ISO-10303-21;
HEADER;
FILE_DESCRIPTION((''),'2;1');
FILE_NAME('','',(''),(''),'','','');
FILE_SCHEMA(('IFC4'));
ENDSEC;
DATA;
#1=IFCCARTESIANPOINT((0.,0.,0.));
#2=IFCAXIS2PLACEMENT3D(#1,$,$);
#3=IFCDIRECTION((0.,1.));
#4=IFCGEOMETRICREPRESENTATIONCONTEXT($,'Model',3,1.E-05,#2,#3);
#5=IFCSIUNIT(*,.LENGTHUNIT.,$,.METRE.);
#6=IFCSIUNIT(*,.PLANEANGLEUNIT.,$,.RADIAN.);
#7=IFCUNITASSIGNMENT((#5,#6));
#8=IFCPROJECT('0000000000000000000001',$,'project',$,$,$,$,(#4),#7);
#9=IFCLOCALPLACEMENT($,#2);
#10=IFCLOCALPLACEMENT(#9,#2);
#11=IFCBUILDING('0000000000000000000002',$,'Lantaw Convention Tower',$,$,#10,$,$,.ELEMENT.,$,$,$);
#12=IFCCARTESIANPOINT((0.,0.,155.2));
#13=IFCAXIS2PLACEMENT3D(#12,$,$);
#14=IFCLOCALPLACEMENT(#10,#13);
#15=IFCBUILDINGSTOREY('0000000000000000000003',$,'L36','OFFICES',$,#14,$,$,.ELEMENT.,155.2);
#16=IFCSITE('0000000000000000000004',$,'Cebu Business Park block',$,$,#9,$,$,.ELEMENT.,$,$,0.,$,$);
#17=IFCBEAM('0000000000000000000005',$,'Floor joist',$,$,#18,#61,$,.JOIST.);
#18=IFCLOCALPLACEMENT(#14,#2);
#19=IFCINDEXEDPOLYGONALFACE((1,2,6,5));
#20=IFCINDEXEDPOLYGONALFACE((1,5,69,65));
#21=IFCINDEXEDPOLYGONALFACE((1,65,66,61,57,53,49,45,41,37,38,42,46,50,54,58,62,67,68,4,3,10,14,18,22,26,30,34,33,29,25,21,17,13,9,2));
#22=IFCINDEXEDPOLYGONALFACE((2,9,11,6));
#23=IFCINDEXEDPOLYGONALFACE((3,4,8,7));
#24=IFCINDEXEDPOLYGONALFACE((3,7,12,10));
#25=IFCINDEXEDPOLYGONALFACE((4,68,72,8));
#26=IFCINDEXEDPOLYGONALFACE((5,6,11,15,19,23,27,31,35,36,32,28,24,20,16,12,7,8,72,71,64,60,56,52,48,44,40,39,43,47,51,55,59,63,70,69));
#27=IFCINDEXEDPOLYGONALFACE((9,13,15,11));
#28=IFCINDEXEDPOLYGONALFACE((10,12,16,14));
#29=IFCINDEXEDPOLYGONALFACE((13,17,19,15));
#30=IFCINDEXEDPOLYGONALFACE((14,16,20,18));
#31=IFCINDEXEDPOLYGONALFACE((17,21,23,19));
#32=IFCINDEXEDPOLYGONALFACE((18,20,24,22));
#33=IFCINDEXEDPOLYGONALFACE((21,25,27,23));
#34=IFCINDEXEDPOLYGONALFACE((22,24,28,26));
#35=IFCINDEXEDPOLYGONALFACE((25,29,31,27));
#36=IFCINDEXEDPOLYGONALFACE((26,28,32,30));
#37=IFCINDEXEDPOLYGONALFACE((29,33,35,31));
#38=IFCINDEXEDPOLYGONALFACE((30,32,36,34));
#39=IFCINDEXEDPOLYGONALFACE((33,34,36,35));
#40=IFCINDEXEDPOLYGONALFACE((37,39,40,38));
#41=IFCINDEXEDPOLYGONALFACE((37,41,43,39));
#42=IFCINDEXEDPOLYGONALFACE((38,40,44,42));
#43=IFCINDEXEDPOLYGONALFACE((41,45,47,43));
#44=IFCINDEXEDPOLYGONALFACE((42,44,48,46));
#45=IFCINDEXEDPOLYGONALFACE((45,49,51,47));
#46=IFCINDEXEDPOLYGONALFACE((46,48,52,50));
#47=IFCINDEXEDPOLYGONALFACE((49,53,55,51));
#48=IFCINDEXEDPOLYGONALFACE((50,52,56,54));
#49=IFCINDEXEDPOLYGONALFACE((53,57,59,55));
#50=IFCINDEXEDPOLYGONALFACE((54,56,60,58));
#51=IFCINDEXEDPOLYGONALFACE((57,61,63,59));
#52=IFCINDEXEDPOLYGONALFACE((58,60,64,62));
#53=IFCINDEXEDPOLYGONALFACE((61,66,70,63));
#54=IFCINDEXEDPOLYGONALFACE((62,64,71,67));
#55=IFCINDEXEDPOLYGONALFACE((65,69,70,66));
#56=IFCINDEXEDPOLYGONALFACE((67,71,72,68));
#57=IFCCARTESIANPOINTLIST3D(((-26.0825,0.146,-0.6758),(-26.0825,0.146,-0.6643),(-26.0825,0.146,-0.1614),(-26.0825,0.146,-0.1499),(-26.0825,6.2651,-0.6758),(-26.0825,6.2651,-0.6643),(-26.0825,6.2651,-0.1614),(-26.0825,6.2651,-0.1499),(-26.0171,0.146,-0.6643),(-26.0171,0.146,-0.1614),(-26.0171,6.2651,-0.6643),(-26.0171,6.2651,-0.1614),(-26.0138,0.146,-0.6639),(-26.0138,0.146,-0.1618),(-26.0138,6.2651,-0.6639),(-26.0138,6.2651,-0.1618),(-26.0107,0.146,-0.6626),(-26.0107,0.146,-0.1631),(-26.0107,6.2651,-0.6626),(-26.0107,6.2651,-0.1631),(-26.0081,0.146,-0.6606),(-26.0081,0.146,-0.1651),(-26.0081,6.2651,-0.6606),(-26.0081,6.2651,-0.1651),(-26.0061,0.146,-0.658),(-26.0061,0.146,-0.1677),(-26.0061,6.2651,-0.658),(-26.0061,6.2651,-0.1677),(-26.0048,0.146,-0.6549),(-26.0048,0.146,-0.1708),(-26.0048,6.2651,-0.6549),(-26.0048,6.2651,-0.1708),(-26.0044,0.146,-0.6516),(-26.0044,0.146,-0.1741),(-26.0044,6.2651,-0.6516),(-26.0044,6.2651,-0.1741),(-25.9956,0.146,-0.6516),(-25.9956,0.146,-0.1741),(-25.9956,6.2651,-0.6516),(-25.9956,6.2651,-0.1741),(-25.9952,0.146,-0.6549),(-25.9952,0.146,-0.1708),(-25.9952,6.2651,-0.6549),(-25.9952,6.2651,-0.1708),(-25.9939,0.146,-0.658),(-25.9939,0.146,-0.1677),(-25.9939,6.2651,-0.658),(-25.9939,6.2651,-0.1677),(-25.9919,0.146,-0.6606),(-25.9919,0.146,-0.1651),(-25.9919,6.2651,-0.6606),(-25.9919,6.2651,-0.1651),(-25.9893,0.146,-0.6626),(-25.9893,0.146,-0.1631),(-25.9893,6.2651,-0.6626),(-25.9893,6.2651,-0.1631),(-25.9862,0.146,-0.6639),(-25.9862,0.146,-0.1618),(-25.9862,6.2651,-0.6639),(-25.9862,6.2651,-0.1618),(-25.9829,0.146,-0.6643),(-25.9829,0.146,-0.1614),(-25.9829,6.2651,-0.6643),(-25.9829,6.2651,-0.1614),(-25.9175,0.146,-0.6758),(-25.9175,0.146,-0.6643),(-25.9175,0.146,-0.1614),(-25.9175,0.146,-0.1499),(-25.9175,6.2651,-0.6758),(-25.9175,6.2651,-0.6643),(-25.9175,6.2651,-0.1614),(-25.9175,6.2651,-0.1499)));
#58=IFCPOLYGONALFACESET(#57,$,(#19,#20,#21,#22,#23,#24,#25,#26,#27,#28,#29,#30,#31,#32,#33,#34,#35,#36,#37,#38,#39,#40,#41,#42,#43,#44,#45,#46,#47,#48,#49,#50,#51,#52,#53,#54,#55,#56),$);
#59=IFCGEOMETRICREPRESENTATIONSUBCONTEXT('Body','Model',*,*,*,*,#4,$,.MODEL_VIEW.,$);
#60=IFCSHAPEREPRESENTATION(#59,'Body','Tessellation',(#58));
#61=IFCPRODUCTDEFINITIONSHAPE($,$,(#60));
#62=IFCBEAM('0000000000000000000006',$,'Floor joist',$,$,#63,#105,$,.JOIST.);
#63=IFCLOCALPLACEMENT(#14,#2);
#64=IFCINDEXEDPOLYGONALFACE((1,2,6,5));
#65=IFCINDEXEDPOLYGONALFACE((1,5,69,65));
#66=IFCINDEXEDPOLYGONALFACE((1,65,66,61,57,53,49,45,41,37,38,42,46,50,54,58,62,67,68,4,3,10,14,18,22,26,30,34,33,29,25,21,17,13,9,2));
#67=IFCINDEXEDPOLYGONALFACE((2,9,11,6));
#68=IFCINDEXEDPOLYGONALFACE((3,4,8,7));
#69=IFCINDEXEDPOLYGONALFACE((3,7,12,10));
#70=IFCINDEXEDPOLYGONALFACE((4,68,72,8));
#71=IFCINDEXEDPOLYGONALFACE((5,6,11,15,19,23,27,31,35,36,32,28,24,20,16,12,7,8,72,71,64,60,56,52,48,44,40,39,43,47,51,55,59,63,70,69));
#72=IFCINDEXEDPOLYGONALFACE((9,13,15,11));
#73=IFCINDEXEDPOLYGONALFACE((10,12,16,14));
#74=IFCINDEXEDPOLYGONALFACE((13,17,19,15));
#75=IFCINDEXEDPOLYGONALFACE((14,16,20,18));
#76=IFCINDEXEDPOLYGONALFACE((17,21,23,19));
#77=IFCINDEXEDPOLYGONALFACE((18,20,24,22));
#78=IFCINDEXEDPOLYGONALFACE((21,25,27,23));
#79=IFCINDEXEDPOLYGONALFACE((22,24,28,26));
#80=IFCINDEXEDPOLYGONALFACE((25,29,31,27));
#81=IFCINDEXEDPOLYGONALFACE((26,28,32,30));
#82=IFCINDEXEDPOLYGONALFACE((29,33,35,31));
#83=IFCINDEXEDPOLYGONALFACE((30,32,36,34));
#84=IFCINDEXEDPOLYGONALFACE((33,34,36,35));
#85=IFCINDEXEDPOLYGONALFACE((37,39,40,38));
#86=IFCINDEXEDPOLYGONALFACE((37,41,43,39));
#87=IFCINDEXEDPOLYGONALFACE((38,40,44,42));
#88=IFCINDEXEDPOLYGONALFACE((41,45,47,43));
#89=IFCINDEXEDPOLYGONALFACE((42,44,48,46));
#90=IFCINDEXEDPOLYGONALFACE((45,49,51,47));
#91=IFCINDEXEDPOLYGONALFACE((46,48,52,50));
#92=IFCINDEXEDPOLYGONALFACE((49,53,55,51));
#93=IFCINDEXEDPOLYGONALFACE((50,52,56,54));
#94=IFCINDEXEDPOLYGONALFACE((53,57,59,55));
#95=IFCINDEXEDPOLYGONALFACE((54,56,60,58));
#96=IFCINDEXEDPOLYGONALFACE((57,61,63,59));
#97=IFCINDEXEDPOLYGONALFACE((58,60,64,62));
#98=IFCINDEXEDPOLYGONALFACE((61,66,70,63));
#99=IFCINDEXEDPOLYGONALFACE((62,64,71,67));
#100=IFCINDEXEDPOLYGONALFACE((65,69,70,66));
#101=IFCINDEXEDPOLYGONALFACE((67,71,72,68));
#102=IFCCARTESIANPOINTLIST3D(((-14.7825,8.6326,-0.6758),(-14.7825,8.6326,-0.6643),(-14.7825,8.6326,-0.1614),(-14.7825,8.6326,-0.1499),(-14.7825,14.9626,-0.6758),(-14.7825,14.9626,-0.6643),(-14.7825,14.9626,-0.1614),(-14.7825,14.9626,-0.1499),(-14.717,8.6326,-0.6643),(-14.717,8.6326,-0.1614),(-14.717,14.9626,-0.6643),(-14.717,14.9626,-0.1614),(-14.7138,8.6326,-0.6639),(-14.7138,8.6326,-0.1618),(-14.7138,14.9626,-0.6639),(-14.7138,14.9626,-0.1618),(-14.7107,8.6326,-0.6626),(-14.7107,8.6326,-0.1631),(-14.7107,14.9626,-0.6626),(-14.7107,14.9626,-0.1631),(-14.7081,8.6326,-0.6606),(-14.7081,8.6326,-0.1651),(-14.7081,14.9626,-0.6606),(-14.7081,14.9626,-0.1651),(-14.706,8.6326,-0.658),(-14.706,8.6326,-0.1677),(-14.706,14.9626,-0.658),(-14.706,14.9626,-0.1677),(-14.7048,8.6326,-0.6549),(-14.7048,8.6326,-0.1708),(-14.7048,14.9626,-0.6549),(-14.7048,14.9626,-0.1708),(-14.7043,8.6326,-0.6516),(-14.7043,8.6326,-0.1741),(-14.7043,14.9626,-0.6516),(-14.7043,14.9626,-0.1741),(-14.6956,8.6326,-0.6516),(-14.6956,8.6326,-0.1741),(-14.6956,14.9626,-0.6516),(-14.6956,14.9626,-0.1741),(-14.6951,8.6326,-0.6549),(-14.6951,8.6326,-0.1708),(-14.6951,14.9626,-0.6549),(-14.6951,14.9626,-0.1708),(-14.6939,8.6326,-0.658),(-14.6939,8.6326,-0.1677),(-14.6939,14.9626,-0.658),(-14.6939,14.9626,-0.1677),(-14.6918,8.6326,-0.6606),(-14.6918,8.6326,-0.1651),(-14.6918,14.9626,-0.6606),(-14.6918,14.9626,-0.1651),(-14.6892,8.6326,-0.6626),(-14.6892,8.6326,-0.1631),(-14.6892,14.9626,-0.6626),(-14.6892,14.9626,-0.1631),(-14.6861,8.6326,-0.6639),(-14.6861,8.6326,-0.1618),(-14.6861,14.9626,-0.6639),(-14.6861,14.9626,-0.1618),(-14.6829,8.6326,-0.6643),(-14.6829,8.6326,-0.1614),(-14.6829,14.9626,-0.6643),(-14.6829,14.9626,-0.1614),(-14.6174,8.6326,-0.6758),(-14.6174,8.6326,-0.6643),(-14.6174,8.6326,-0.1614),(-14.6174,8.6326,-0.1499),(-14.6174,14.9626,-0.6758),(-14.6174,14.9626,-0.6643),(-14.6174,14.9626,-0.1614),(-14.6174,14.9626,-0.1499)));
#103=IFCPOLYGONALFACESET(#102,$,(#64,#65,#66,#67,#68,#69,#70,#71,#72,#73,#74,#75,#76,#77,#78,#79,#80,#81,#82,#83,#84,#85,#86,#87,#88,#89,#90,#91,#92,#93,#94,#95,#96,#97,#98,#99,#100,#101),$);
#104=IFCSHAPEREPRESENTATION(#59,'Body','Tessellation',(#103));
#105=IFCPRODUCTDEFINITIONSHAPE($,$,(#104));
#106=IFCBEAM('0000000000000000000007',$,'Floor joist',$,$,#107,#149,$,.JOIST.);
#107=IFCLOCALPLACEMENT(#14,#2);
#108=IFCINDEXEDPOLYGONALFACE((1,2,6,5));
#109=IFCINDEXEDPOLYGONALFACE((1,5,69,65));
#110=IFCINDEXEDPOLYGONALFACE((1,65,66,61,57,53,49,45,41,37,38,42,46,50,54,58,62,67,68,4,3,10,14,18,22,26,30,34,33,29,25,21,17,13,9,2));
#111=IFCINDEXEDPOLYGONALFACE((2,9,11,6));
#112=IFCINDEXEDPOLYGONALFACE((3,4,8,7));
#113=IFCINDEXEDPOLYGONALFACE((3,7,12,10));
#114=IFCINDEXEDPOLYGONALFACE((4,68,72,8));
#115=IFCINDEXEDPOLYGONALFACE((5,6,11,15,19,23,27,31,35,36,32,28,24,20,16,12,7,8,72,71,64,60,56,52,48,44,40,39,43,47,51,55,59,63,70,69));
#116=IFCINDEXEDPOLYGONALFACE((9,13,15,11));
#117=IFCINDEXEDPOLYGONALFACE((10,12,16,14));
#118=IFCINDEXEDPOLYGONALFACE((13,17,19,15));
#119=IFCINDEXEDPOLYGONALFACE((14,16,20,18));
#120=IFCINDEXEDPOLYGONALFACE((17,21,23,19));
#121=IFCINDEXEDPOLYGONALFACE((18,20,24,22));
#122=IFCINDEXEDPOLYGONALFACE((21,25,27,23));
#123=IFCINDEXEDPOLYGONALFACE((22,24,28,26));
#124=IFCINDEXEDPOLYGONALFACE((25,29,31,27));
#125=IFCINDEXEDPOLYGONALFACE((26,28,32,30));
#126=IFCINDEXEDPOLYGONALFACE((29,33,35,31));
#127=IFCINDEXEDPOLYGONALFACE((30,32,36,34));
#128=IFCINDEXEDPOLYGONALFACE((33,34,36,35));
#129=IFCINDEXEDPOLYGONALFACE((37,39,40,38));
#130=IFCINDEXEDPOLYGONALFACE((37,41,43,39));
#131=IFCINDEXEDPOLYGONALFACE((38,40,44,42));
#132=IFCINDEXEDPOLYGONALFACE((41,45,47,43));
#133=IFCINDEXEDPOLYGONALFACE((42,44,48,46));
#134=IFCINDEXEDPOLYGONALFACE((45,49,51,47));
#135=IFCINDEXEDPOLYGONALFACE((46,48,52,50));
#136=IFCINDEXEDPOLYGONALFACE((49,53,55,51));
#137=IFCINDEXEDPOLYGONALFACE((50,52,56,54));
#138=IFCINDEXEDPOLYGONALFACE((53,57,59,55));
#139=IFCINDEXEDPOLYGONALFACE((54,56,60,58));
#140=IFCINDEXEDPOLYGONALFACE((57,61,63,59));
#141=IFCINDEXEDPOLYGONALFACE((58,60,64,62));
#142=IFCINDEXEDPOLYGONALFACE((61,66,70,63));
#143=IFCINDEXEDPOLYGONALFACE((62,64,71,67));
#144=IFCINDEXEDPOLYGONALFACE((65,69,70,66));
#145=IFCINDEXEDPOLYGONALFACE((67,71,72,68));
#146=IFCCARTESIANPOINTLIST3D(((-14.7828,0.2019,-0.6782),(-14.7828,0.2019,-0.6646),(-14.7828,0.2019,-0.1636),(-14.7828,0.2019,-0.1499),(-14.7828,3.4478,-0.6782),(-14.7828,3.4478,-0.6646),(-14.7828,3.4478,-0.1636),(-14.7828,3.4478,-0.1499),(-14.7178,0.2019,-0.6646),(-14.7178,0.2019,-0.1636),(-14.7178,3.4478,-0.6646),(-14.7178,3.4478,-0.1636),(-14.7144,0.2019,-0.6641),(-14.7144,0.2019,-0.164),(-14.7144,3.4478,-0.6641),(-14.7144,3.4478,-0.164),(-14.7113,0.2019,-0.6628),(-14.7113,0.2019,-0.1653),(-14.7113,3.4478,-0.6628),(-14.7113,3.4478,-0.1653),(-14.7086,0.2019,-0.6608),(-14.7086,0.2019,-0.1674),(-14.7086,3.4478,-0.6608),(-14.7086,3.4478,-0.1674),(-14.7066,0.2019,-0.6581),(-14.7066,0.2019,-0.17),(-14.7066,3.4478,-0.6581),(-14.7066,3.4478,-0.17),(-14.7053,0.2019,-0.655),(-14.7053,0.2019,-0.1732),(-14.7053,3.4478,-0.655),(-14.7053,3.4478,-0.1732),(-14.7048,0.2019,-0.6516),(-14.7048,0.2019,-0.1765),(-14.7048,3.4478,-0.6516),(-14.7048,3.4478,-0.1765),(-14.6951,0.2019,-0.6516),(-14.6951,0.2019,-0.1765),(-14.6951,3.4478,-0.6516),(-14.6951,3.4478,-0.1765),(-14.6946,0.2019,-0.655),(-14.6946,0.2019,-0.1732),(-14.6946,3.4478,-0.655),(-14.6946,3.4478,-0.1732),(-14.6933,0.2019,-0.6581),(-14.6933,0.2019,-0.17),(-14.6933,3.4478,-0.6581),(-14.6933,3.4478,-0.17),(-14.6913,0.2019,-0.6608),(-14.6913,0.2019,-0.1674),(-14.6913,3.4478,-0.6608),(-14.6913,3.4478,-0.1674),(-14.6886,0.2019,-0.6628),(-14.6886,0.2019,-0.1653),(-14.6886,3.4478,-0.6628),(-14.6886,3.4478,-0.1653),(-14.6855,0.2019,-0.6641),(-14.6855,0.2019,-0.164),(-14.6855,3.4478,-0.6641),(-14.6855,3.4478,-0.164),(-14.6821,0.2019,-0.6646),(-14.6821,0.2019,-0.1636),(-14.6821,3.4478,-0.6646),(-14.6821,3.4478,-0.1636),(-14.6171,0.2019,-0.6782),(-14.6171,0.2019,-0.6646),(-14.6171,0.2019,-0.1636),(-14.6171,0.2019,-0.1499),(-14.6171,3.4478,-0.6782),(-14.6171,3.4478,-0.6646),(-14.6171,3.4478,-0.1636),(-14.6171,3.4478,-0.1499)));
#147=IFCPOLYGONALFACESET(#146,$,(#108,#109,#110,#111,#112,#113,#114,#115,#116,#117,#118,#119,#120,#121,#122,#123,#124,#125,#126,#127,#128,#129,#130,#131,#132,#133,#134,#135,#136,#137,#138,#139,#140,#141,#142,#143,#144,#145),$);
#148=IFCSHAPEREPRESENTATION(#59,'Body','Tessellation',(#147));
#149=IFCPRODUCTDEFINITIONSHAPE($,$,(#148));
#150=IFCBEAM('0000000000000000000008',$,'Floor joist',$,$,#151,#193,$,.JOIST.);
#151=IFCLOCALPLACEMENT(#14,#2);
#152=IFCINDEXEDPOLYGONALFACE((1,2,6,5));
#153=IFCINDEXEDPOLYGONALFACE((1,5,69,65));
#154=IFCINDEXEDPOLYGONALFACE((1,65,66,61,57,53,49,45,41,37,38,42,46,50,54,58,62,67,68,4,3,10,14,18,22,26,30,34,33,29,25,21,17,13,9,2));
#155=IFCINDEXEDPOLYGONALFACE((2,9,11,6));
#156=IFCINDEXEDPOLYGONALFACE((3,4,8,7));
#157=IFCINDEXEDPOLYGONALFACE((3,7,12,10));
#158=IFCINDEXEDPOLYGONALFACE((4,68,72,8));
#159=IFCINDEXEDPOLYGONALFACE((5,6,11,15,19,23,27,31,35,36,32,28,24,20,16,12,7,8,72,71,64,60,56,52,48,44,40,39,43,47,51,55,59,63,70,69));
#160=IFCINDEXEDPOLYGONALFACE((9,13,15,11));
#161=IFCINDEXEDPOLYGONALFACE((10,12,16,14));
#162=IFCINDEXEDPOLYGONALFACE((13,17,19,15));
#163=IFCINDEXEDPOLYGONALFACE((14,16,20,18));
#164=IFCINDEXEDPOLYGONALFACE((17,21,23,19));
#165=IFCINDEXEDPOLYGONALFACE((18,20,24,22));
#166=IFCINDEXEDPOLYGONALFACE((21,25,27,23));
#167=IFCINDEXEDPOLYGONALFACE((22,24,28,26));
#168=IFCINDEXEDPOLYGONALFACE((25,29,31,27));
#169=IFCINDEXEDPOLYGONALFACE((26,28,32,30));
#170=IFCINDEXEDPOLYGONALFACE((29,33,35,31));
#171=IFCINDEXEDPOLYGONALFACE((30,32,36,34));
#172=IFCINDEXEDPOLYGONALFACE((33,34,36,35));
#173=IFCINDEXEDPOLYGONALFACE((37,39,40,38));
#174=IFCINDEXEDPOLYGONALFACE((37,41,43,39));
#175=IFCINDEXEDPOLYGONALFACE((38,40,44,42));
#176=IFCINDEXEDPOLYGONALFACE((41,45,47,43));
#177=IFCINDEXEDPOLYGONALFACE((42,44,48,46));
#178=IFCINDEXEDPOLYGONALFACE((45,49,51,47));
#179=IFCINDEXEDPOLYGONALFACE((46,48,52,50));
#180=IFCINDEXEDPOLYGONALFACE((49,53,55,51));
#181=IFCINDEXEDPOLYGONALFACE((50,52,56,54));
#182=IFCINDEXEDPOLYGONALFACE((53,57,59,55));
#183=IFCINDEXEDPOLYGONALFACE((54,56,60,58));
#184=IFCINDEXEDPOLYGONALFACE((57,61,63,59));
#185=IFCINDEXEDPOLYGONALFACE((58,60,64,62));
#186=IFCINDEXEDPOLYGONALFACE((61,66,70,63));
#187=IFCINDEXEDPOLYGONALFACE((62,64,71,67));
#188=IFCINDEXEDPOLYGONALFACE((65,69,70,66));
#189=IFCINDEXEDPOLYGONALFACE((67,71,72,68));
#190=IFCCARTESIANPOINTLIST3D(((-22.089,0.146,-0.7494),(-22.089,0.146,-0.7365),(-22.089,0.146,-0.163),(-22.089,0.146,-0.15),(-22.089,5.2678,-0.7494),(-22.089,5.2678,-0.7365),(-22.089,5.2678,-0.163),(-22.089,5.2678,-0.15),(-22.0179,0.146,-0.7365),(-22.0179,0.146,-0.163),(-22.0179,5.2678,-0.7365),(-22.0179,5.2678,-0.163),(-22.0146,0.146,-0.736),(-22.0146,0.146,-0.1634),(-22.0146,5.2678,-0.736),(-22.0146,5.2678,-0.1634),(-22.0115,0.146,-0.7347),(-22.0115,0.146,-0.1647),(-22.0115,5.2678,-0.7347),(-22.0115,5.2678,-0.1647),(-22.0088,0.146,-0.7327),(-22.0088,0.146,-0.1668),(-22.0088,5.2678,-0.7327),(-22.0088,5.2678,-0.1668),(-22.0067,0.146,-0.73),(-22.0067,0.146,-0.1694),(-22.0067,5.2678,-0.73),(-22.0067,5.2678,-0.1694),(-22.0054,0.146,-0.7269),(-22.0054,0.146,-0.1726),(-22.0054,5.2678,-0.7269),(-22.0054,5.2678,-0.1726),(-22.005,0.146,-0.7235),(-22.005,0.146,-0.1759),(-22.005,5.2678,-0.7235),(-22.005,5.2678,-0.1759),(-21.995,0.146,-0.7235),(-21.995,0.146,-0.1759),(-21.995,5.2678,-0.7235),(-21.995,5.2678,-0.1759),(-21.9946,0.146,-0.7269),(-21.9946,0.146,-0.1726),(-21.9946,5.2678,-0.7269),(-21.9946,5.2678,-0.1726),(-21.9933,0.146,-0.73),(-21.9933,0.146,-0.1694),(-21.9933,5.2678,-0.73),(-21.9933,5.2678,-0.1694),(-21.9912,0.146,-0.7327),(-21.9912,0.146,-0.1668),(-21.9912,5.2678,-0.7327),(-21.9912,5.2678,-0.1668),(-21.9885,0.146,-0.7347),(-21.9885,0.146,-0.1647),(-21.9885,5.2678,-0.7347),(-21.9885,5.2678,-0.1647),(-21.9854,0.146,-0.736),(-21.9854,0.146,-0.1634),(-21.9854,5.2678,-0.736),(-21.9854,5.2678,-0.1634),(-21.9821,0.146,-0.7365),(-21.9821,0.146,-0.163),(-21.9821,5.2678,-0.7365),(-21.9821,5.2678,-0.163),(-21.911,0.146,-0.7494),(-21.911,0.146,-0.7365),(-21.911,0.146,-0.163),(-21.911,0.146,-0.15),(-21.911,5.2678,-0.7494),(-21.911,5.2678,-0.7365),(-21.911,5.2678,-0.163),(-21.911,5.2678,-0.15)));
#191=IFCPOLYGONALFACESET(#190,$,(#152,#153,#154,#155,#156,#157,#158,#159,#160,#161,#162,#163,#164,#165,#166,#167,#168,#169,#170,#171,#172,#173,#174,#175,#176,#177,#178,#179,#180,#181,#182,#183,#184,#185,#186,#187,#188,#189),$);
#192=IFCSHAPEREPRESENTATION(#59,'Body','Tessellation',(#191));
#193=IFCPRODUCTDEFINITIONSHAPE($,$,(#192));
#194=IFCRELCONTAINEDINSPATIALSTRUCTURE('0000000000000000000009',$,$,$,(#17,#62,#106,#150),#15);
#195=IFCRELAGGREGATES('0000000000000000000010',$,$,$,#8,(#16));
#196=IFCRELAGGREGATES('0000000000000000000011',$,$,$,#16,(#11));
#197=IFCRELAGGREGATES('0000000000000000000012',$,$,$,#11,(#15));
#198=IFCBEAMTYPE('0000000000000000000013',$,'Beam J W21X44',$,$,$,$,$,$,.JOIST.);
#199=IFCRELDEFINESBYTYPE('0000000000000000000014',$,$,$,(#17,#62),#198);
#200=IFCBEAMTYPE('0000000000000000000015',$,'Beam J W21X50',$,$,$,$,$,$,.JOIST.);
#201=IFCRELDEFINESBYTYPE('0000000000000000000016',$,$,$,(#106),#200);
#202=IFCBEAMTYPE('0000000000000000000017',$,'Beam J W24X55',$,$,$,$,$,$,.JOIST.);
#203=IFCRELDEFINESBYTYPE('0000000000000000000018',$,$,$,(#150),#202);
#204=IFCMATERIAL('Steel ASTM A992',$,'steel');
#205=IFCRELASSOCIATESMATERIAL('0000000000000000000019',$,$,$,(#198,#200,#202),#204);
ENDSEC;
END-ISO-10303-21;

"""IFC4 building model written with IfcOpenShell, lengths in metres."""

from ifc_helpers import new_model, si_unit, direction, frame, origin, origin_2d, place, context, subcontext, project, spatial, i_section, extrude, material, material_profile, profile_set, type_object, element, save


model = new_model("IFC4")

# Units and contexts
model_context = context("Model", 3, precision=1e-05, world=origin(), true_north=direction((0.0, 1.0)))
body_context = subcontext(model_context, "Body", "Model", "MODEL_VIEW")
ifc_project = project(units=[si_unit("LENGTHUNIT", "METRE"), si_unit("PLANEANGLEUNIT", "RADIAN")], contexts=[model_context])

# Site, building, storey
site_placement = place(None, origin())
site = spatial("IfcSite", under=ifc_project, at=site_placement, Name="Cebu Business Park block", CompositionType="ELEMENT", RefElevation=0.0)
building_placement = place(site_placement, origin())
building = spatial("IfcBuilding", under=site, at=building_placement, Name="Lantaw Convention Tower", CompositionType="ELEMENT")
storey_placement = place(building_placement, frame((0.0, 0.0, 155.2)))
storey = spatial("IfcBuildingStorey", under=building, at=storey_placement, Name="L36", Description="OFFICES", CompositionType="ELEMENT", Elevation=155.2)

# Beams
ifc_material_1 = material(Name="Steel ASTM A992", Category="steel")
ifc_material_profile_1 = material_profile(ifc_material_1, i_section(OverallWidth=0.165, OverallDepth=0.5259, WebThickness=0.0088, FlangeThickness=0.0115, FilletRadius=0.0127, at=origin_2d()), Name="W21X44")
ifc_profile_set_1 = profile_set([ifc_material_profile_1], Name="Steel ASTM A992")
beam_type_1 = type_object("IfcBeamType", Name="Beam J W21X44", PredefinedType="JOIST", material=ifc_profile_set_1)
beam_1_placement = place(storey_placement, frame((-26.0, 0.146, -0.4128), z_axis=(0.0, 1.0, 0.0), x_axis=(-1.0, 0.0, 0.0)))
element("IfcBeam", 1, at=beam_1_placement, inside=storey, type_object=beam_type_1, Name="Floor joist", PredefinedType="JOIST", context=body_context, shape_type="SweptSolid", body=[
    extrude(i_section(OverallWidth=0.165, OverallDepth=0.5259, WebThickness=0.0088, FlangeThickness=0.0115, FilletRadius=0.0127, at=origin_2d()), origin(), (0.0, 0.0, 1.0), 6.1191),
])
beam_2_placement = place(storey_placement, frame((-14.7, 8.6326, -0.4128), z_axis=(0.0, 1.0, 0.0), x_axis=(-1.0, 0.0, 0.0)))
element("IfcBeam", 2, at=beam_2_placement, inside=storey, type_object=beam_type_1, Name="Floor joist", PredefinedType="JOIST", context=body_context, shape_type="SweptSolid", body=[
    extrude(i_section(OverallWidth=0.165, OverallDepth=0.5259, WebThickness=0.0088, FlangeThickness=0.0115, FilletRadius=0.0127, at=origin_2d()), origin(), (0.0, 0.0, 1.0), 6.3301),
])
ifc_material_profile_2 = material_profile(ifc_material_1, i_section(OverallWidth=0.1658, OverallDepth=0.5283, WebThickness=0.0098, FlangeThickness=0.0137, FilletRadius=0.0129, at=origin_2d()), Name="W21X50")
ifc_profile_set_2 = profile_set([ifc_material_profile_2], Name="Steel ASTM A992")
beam_type_2 = type_object("IfcBeamType", Name="Beam J W21X50", PredefinedType="JOIST", material=ifc_profile_set_2)
beam_3_placement = place(storey_placement, frame((-14.7, 0.2019, -0.4141), z_axis=(0.0, 1.0, 0.0), x_axis=(-1.0, 0.0, 0.0)))
element("IfcBeam", 3, at=beam_3_placement, inside=storey, type_object=beam_type_2, Name="Floor joist", PredefinedType="JOIST", context=body_context, shape_type="SweptSolid", body=[
    extrude(i_section(OverallWidth=0.1658, OverallDepth=0.5283, WebThickness=0.0098, FlangeThickness=0.0137, FilletRadius=0.0129, at=origin_2d()), origin(), (0.0, 0.0, 1.0), 3.2458),
])
ifc_material_profile_3 = material_profile(ifc_material_1, i_section(OverallWidth=0.178, OverallDepth=0.5994, WebThickness=0.01, FlangeThickness=0.0129, FilletRadius=0.0129, at=origin_2d()), Name="W24X55")
ifc_profile_set_3 = profile_set([ifc_material_profile_3], Name="Steel ASTM A992")
beam_type_3 = type_object("IfcBeamType", Name="Beam J W24X55", PredefinedType="JOIST", material=ifc_profile_set_3)
beam_4_placement = place(storey_placement, frame((-22.0, 0.146, -0.4497), z_axis=(0.0, 1.0, 0.0), x_axis=(-1.0, 0.0, 0.0)))
element("IfcBeam", 4, at=beam_4_placement, inside=storey, type_object=beam_type_3, Name="Floor joist", PredefinedType="JOIST", context=body_context, shape_type="SweptSolid", body=[
    extrude(i_section(OverallWidth=0.178, OverallDepth=0.5994, WebThickness=0.01, FlangeThickness=0.0129, FilletRadius=0.0129, at=origin_2d()), origin(), (0.0, 0.0, 1.0), 5.1218),
])

save(model, "model.ifc")
